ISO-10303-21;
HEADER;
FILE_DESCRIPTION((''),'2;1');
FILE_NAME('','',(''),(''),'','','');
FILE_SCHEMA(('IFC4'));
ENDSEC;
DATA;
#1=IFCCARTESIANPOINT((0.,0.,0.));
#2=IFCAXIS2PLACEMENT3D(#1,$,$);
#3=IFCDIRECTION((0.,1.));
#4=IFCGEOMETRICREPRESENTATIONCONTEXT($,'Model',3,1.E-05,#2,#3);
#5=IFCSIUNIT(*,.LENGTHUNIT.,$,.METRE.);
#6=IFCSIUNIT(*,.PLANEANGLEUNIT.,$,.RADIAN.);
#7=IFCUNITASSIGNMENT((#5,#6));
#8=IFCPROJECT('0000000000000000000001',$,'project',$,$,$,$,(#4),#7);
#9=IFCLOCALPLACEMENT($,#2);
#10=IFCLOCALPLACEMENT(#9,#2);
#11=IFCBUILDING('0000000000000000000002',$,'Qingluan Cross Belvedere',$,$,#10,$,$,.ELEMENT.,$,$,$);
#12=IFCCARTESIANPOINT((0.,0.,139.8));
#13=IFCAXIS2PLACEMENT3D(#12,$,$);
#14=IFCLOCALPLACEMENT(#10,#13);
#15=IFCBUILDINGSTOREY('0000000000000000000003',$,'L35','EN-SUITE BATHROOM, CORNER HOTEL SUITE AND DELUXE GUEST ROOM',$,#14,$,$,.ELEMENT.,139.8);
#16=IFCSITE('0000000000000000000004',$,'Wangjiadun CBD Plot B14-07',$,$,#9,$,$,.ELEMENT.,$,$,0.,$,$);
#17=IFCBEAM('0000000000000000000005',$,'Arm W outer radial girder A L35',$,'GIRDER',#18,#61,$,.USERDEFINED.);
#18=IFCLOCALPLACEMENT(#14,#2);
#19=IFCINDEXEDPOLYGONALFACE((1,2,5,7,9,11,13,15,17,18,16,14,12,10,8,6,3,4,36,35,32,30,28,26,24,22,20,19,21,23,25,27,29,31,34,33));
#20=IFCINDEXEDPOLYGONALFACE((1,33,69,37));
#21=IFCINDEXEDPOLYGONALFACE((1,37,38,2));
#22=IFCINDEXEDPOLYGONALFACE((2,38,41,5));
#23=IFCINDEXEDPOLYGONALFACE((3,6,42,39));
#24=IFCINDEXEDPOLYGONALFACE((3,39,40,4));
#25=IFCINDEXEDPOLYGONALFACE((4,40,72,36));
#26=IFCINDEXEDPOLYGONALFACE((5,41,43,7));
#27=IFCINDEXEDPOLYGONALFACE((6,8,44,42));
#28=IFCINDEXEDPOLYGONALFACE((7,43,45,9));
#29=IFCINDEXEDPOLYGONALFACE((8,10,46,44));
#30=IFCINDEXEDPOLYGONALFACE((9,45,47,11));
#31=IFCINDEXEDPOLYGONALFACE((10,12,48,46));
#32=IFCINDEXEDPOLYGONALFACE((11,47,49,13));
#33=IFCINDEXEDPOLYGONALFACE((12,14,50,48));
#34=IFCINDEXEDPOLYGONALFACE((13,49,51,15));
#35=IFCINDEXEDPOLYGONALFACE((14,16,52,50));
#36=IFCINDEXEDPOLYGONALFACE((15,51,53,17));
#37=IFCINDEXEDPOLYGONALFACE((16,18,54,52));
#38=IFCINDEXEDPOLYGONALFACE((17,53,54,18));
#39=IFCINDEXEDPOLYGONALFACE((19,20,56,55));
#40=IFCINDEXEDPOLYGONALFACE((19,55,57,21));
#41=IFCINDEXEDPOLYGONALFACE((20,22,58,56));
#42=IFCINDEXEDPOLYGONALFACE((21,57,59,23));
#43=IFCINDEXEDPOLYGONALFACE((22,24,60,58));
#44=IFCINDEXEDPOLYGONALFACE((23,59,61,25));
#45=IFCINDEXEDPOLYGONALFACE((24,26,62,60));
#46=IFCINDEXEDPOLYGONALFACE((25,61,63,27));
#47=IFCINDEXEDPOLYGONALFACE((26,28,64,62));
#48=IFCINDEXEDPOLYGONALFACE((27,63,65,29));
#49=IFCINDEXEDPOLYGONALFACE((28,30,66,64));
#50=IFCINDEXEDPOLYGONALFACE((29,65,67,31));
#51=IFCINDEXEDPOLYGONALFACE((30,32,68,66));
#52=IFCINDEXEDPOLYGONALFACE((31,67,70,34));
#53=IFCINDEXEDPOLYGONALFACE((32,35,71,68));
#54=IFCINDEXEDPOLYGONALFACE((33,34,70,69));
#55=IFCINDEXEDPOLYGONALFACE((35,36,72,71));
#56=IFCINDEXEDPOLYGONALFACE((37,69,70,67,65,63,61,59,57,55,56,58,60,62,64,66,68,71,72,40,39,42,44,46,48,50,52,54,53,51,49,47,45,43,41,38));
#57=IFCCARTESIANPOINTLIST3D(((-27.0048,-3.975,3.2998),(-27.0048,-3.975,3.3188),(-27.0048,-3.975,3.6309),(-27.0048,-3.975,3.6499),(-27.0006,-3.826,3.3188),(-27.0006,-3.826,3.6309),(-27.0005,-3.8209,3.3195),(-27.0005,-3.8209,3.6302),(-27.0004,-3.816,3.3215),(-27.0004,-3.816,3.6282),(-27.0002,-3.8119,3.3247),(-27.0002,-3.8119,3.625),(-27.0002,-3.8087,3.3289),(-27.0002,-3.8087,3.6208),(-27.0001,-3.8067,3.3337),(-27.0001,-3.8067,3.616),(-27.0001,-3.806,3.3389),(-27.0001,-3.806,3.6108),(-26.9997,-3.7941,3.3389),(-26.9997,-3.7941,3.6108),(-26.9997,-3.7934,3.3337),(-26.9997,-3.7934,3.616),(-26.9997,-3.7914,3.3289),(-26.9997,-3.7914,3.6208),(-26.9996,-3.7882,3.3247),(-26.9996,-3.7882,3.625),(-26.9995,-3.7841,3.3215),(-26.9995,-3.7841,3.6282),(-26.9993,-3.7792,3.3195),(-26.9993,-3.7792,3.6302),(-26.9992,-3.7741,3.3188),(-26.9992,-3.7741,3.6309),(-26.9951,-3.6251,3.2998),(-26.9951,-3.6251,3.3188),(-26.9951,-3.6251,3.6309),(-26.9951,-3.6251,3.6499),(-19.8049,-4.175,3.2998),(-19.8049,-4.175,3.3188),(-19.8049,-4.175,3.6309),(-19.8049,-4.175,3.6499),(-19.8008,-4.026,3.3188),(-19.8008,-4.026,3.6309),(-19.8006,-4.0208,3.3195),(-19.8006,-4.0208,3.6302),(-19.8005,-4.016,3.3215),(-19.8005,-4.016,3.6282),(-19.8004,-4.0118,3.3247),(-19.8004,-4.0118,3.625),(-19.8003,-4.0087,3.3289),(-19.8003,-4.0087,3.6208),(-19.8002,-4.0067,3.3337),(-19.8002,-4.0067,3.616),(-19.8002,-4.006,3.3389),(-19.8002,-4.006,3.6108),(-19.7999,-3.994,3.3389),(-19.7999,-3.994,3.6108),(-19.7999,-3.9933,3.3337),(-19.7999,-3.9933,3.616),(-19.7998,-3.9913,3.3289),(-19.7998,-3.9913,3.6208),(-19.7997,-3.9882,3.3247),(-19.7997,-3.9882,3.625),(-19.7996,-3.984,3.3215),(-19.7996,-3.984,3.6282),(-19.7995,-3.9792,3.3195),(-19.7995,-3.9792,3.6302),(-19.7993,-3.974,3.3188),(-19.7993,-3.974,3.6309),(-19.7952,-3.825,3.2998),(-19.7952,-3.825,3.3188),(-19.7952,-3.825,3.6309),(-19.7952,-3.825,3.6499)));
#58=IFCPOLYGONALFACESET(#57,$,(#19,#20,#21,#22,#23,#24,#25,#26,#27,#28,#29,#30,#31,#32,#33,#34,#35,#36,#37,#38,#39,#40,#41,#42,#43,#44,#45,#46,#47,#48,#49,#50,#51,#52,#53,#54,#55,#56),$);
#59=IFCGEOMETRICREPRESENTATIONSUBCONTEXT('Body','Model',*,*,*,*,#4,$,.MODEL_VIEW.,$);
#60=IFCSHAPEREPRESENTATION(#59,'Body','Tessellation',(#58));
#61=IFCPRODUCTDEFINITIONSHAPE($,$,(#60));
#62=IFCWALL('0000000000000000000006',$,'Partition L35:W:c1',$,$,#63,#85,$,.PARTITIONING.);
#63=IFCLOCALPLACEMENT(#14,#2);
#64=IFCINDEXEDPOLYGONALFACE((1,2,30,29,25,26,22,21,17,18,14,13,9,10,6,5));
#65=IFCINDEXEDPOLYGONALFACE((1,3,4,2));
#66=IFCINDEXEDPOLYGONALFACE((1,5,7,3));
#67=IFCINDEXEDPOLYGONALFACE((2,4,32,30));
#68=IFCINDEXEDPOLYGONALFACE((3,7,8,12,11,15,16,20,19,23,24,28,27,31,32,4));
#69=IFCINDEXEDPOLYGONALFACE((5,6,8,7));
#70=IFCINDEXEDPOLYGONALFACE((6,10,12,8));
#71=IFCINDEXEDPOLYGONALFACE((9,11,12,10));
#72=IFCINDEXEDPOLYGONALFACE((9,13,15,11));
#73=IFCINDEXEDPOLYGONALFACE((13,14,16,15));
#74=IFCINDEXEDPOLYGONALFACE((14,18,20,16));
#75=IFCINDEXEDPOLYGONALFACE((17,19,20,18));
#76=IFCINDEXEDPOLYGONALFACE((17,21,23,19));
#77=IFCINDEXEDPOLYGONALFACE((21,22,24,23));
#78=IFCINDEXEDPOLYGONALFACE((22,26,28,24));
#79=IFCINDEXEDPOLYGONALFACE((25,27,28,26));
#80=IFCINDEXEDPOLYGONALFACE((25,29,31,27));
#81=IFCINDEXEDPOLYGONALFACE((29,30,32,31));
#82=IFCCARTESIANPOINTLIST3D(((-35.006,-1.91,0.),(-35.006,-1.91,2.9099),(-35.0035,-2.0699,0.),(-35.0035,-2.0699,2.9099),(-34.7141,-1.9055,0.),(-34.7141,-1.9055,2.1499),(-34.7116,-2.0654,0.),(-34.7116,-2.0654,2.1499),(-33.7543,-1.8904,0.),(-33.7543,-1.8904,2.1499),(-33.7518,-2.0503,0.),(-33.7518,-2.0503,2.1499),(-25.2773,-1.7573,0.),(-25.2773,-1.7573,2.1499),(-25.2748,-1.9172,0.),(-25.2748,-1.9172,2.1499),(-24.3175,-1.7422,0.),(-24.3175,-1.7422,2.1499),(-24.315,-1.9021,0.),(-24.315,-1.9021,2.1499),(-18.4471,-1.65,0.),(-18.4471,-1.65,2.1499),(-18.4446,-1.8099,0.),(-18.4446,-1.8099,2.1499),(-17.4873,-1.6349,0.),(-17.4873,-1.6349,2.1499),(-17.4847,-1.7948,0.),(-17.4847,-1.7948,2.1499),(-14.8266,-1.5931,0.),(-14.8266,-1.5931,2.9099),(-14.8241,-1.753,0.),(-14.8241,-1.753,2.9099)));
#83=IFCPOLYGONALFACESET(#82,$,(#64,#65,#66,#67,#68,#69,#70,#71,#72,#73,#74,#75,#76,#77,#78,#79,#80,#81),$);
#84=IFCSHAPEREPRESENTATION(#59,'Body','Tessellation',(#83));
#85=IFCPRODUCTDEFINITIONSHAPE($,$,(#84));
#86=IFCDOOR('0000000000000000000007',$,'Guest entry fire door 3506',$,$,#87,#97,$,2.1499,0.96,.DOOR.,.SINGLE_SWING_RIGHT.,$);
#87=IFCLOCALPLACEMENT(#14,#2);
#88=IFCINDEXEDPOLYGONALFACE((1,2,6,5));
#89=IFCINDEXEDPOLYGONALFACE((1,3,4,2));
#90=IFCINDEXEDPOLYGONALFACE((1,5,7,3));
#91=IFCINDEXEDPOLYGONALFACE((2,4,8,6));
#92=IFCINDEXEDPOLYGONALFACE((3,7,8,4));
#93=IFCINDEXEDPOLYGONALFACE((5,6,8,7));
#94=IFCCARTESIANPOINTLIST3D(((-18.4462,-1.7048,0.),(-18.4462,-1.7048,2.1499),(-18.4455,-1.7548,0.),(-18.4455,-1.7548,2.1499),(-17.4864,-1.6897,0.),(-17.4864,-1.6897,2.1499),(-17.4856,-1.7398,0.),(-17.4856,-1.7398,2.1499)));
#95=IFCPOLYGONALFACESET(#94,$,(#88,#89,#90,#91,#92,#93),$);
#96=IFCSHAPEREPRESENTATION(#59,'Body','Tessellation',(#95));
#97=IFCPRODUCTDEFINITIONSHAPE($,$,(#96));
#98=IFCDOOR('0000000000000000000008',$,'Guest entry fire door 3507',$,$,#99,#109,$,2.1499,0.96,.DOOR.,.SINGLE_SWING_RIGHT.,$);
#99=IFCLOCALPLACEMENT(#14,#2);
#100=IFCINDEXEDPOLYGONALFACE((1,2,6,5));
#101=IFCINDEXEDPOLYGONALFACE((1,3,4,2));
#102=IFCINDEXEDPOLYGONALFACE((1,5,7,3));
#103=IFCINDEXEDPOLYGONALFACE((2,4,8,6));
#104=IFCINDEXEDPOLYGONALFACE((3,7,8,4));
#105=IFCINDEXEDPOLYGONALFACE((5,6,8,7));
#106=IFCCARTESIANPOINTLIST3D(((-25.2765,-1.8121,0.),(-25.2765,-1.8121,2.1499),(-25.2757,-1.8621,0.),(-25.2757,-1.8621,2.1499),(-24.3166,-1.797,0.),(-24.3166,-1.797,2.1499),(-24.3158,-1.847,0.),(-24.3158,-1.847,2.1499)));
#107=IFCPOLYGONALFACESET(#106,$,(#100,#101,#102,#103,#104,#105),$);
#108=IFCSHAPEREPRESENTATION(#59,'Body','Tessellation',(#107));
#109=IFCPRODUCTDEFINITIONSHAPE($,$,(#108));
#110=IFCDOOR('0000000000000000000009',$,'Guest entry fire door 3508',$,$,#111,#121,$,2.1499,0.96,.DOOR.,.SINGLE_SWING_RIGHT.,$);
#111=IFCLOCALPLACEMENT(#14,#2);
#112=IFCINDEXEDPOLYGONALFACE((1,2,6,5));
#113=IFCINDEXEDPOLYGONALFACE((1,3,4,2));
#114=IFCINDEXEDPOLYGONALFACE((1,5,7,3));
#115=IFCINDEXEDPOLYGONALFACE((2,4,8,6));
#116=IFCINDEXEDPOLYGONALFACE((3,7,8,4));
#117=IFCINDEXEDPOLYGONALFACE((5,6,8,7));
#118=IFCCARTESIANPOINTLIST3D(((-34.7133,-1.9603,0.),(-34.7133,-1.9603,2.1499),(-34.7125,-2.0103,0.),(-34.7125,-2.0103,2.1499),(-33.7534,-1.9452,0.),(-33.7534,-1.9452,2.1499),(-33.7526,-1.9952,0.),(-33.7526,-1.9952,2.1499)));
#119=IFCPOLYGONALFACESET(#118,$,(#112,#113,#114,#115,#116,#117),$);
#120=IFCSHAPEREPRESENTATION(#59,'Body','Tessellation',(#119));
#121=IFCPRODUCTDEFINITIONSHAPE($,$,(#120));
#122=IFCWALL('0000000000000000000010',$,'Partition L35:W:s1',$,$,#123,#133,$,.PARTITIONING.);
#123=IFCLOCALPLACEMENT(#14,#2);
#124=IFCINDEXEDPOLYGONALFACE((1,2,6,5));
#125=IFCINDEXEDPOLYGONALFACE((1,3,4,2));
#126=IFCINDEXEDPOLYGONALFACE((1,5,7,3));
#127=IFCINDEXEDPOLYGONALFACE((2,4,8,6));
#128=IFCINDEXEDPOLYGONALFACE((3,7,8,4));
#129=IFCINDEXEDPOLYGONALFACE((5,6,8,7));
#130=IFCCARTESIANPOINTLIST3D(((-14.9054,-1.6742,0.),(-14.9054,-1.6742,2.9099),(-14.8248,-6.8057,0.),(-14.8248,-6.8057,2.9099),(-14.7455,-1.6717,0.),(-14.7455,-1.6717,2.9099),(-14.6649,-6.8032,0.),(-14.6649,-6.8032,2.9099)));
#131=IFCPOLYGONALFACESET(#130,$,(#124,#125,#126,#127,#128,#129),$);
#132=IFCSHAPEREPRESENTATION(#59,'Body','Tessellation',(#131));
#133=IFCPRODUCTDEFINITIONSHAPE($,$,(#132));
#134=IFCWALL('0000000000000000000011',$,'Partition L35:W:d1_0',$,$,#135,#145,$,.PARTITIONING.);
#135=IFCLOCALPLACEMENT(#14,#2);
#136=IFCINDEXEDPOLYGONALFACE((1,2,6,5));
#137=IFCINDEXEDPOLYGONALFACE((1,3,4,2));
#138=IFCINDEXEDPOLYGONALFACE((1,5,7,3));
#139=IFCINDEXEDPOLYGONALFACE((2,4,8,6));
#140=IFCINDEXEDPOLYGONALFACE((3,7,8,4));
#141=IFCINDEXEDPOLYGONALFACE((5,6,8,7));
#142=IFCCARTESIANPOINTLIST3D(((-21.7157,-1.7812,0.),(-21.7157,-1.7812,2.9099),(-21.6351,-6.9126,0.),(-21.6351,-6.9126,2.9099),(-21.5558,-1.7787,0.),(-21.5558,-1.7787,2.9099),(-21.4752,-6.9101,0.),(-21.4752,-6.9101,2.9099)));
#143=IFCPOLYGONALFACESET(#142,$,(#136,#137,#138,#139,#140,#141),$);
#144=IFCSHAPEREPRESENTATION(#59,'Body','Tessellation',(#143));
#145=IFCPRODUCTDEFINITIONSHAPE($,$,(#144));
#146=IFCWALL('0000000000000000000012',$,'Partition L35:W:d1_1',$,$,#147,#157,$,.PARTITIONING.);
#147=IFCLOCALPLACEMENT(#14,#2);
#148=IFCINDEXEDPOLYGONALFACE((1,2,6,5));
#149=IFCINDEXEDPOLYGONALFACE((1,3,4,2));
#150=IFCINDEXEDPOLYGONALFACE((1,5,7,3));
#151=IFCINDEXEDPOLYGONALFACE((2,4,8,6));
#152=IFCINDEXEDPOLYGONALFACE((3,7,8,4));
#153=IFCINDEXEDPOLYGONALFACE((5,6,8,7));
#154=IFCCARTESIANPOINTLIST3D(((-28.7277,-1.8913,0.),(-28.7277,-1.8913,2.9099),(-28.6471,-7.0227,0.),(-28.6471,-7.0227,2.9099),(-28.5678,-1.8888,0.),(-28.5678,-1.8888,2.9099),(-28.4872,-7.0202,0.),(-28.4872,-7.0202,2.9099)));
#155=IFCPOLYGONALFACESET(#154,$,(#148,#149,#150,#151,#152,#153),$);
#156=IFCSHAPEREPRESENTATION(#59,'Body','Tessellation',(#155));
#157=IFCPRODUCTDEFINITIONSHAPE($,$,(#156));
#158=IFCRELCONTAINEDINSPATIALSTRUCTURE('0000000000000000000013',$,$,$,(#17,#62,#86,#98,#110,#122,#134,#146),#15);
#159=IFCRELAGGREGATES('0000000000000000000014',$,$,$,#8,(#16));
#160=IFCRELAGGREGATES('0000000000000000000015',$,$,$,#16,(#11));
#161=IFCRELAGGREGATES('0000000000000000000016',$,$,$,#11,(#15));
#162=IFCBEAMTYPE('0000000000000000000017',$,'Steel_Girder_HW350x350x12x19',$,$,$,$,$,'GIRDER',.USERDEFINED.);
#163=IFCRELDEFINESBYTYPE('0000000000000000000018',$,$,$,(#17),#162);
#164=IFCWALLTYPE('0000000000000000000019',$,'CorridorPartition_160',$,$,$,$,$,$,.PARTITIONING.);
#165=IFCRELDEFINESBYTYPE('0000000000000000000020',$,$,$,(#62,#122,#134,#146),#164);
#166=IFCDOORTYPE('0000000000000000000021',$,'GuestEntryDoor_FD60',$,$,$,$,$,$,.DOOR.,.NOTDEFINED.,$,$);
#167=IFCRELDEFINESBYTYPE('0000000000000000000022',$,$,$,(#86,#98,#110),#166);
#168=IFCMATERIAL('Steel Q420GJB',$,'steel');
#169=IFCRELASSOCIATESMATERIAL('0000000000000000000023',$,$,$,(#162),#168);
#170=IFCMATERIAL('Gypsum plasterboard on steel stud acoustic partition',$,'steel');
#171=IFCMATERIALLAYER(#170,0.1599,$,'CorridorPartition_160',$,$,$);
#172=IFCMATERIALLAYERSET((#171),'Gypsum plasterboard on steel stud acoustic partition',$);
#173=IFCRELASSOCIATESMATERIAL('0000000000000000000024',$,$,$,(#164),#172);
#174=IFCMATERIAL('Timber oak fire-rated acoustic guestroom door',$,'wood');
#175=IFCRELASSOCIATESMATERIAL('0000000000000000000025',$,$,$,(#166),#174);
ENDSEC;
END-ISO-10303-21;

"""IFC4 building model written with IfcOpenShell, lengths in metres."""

from ifc_helpers import new_model, si_unit, direction, frame, frame_2d, origin, origin_2d, place, context, subcontext, project, spatial, rectangle, i_section, extrude, material, layer, layer_set, material_profile, profile_set, type_object, element, fill, save


model = new_model("IFC4")

# Units and contexts
model_context = context("Model", 3, precision=1e-05, world=origin(), true_north=direction((0.0, 1.0)))
body_context = subcontext(model_context, "Body", "Model", "MODEL_VIEW")
ifc_project = project(units=[si_unit("LENGTHUNIT", "METRE"), si_unit("PLANEANGLEUNIT", "RADIAN")], contexts=[model_context])

# Site, building, storey
site_placement = place(None, origin())
site = spatial("IfcSite", under=ifc_project, at=site_placement, Name="Wangjiadun CBD Plot B14-07", CompositionType="ELEMENT", RefElevation=0.0)
building_placement = place(site_placement, origin())
building = spatial("IfcBuilding", under=site, at=building_placement, Name="Qingluan Cross Belvedere", CompositionType="ELEMENT")
storey_placement = place(building_placement, frame((0.0, 0.0, 139.8)))
storey = spatial("IfcBuildingStorey", under=building, at=storey_placement, Name="L35", Description="EN-SUITE BATHROOM, CORNER HOTEL SUITE AND DELUXE GUEST ROOM", CompositionType="ELEMENT", Elevation=139.8)

# Beam
ifc_material_1 = material(Name="Steel Q420GJB", Category="steel")
ifc_material_profile_1 = material_profile(ifc_material_1, i_section(OverallWidth=0.3501, OverallDepth=0.3501, WebThickness=0.012, FlangeThickness=0.019, FilletRadius=0.02, at=origin_2d()), Name="HW350x350x12x19")
ifc_profile_set_1 = profile_set([ifc_material_profile_1], Name="Steel Q420GJB")
beam_type_1 = type_object("IfcBeamType", Name="Steel_Girder_HW350x350x12x19", ElementType="GIRDER", PredefinedType="USERDEFINED", material=ifc_profile_set_1)
beam_1_placement = place(storey_placement, frame((-19.8, -4.0, 3.4749), z_axis=(-0.999615, 0.02776, 0.0), x_axis=(-0.02776, -0.999615, 0.0)))
element("IfcBeam", 1, at=beam_1_placement, inside=storey, type_object=beam_type_1, Name="Arm W outer radial girder A L35", ObjectType="GIRDER", PredefinedType="USERDEFINED", context=body_context, shape_type="SweptSolid", body=[
    extrude(i_section(OverallWidth=0.3501, OverallDepth=0.3501, WebThickness=0.012, FlangeThickness=0.019, FilletRadius=0.02, at=origin_2d()), origin(), (0.0, 0.0, 1.0), 7.2026),
])

# Wall, openings, doors
ifc_material_2 = material(Name="Gypsum plasterboard on steel stud acoustic partition", Category="steel")
ifc_layer_1 = layer(ifc_material_2, 0.1599, Name="CorridorPartition_160")
ifc_layer_set_1 = layer_set([ifc_layer_1], Name="Gypsum plasterboard on steel stud acoustic partition")
wall_type_1 = type_object("IfcWallType", Name="CorridorPartition_160", PredefinedType="PARTITIONING", material=ifc_layer_set_1)
wall_1_placement = place(storey_placement, frame((-14.8254, -1.6731, 0.0), z_axis=(0.0, 0.0, 1.0), x_axis=(-0.999877, -0.015702, 0.0)))
wall_1 = element("IfcWall", 2, at=wall_1_placement, inside=storey, type_object=wall_type_1, Name="Partition L35:W:c1", PredefinedType="PARTITIONING", context=body_context, shape_type="SweptSolid", body=[
    extrude(rectangle(XDim=20.1819, YDim=0.1599, at=frame_2d((10.0908, 0.0))), origin(), (0.0, 0.0, 1.0), 2.9099),
])
opening_1_placement = place(wall_1_placement, frame((2.6609, 0.0, 0.0)))
opening_1 = element("IfcOpeningElement", 3, at=opening_1_placement, cuts=wall_1, PredefinedType="OPENING", context=body_context, shape_type="SweptSolid", body=[
    extrude(rectangle(XDim=0.96, YDim=2.1499, at=frame_2d((0.48, 1.075))), frame((0.0, 0.0898, 0.0), z_axis=(0.0, -1.0, 0.0), x_axis=(1.0, 0.0, 0.0)), (0.0, 0.0, 1.0), 0.1799),
])
opening_2_placement = place(wall_1_placement, frame((9.4919, 0.0, 0.0)))
opening_2 = element("IfcOpeningElement", 4, at=opening_2_placement, cuts=wall_1, PredefinedType="OPENING", context=body_context, shape_type="SweptSolid", body=[
    extrude(rectangle(XDim=0.96, YDim=2.1499, at=frame_2d((0.48, 1.075))), frame((0.0, 0.0898, 0.0), z_axis=(0.0, -1.0, 0.0), x_axis=(1.0, 0.0, 0.0)), (0.0, 0.0, 1.0), 0.1799),
])
opening_3_placement = place(wall_1_placement, frame((18.9299, 0.0, 0.0)))
opening_3 = element("IfcOpeningElement", 5, at=opening_3_placement, cuts=wall_1, PredefinedType="OPENING", context=body_context, shape_type="SweptSolid", body=[
    extrude(rectangle(XDim=0.96, YDim=2.1499, at=frame_2d((0.48, 1.075))), frame((0.0, 0.0898, 0.0), z_axis=(0.0, -1.0, 0.0), x_axis=(1.0, 0.0, 0.0)), (0.0, 0.0, 1.0), 0.1799),
])
ifc_material_3 = material(Name="Timber oak fire-rated acoustic guestroom door", Category="wood")
door_type_1 = type_object("IfcDoorType", Name="GuestEntryDoor_FD60", OperationType="NOTDEFINED", PredefinedType="DOOR", material=ifc_material_3)
door_1_placement = place(opening_1_placement, origin())
door_1 = element("IfcDoor", 6, at=door_1_placement, inside=storey, type_object=door_type_1, Name="Guest entry fire door 3506", OperationType="SINGLE_SWING_RIGHT", OverallHeight=2.1499, OverallWidth=0.96, PredefinedType="DOOR", context=body_context, shape_type="SweptSolid", body=[
    extrude(rectangle(XDim=0.96, YDim=2.1499, at=frame_2d((0.48, 1.075))), frame((0.0, 0.0249, 0.0), z_axis=(0.0, -1.0, 0.0), x_axis=(1.0, 0.0, 0.0)), (0.0, 0.0, 1.0), 0.05),
])
fill(opening_1, door_1)
door_2_placement = place(opening_2_placement, origin())
door_2 = element("IfcDoor", 7, at=door_2_placement, inside=storey, type_object=door_type_1, Name="Guest entry fire door 3507", OperationType="SINGLE_SWING_RIGHT", OverallHeight=2.1499, OverallWidth=0.96, PredefinedType="DOOR", context=body_context, shape_type="SweptSolid", body=[
    extrude(rectangle(XDim=0.96, YDim=2.1499, at=frame_2d((0.48, 1.075))), frame((0.0, 0.0249, 0.0), z_axis=(0.0, -1.0, 0.0), x_axis=(1.0, 0.0, 0.0)), (0.0, 0.0, 1.0), 0.05),
])
fill(opening_2, door_2)
door_3_placement = place(opening_3_placement, origin())
door_3 = element("IfcDoor", 8, at=door_3_placement, inside=storey, type_object=door_type_1, Name="Guest entry fire door 3508", OperationType="SINGLE_SWING_RIGHT", OverallHeight=2.1499, OverallWidth=0.96, PredefinedType="DOOR", context=body_context, shape_type="SweptSolid", body=[
    extrude(rectangle(XDim=0.96, YDim=2.1499, at=frame_2d((0.48, 1.075))), frame((0.0, 0.0249, 0.0), z_axis=(0.0, -1.0, 0.0), x_axis=(1.0, 0.0, 0.0)), (0.0, 0.0, 1.0), 0.05),
])
fill(opening_3, door_3)

# Walls
for number, where, z_axis, x_axis, name in (
    (9, (-14.8254, -1.6731, 0.0), (0.0, 0.0, 1.0), (0.015699, -0.999877, 0.0), "Partition L35:W:s1"),
    (10, (-21.6357, -1.78, 0.0), (0.0, 0.0, 1.0), (0.015699, -0.999877, 0.0), "Partition L35:W:d1_0"),
    (11, (-28.6477, -1.8901, 0.0), (0.0, 0.0, 1.0), (0.015699, -0.999877, 0.0), "Partition L35:W:d1_1"),
):
    element("IfcWall", number, at=place(storey_placement, frame(where, z_axis=z_axis, x_axis=x_axis)), inside=storey, type_object=wall_type_1, Name=name, PredefinedType="PARTITIONING", context=body_context, shape_type="SweptSolid", body=[
        extrude(rectangle(XDim=5.1321, YDim=0.1599, at=frame_2d((2.5659, 0.0))), origin(), (0.0, 0.0, 1.0), 2.9099),
    ])

save(model, "model.ifc")
